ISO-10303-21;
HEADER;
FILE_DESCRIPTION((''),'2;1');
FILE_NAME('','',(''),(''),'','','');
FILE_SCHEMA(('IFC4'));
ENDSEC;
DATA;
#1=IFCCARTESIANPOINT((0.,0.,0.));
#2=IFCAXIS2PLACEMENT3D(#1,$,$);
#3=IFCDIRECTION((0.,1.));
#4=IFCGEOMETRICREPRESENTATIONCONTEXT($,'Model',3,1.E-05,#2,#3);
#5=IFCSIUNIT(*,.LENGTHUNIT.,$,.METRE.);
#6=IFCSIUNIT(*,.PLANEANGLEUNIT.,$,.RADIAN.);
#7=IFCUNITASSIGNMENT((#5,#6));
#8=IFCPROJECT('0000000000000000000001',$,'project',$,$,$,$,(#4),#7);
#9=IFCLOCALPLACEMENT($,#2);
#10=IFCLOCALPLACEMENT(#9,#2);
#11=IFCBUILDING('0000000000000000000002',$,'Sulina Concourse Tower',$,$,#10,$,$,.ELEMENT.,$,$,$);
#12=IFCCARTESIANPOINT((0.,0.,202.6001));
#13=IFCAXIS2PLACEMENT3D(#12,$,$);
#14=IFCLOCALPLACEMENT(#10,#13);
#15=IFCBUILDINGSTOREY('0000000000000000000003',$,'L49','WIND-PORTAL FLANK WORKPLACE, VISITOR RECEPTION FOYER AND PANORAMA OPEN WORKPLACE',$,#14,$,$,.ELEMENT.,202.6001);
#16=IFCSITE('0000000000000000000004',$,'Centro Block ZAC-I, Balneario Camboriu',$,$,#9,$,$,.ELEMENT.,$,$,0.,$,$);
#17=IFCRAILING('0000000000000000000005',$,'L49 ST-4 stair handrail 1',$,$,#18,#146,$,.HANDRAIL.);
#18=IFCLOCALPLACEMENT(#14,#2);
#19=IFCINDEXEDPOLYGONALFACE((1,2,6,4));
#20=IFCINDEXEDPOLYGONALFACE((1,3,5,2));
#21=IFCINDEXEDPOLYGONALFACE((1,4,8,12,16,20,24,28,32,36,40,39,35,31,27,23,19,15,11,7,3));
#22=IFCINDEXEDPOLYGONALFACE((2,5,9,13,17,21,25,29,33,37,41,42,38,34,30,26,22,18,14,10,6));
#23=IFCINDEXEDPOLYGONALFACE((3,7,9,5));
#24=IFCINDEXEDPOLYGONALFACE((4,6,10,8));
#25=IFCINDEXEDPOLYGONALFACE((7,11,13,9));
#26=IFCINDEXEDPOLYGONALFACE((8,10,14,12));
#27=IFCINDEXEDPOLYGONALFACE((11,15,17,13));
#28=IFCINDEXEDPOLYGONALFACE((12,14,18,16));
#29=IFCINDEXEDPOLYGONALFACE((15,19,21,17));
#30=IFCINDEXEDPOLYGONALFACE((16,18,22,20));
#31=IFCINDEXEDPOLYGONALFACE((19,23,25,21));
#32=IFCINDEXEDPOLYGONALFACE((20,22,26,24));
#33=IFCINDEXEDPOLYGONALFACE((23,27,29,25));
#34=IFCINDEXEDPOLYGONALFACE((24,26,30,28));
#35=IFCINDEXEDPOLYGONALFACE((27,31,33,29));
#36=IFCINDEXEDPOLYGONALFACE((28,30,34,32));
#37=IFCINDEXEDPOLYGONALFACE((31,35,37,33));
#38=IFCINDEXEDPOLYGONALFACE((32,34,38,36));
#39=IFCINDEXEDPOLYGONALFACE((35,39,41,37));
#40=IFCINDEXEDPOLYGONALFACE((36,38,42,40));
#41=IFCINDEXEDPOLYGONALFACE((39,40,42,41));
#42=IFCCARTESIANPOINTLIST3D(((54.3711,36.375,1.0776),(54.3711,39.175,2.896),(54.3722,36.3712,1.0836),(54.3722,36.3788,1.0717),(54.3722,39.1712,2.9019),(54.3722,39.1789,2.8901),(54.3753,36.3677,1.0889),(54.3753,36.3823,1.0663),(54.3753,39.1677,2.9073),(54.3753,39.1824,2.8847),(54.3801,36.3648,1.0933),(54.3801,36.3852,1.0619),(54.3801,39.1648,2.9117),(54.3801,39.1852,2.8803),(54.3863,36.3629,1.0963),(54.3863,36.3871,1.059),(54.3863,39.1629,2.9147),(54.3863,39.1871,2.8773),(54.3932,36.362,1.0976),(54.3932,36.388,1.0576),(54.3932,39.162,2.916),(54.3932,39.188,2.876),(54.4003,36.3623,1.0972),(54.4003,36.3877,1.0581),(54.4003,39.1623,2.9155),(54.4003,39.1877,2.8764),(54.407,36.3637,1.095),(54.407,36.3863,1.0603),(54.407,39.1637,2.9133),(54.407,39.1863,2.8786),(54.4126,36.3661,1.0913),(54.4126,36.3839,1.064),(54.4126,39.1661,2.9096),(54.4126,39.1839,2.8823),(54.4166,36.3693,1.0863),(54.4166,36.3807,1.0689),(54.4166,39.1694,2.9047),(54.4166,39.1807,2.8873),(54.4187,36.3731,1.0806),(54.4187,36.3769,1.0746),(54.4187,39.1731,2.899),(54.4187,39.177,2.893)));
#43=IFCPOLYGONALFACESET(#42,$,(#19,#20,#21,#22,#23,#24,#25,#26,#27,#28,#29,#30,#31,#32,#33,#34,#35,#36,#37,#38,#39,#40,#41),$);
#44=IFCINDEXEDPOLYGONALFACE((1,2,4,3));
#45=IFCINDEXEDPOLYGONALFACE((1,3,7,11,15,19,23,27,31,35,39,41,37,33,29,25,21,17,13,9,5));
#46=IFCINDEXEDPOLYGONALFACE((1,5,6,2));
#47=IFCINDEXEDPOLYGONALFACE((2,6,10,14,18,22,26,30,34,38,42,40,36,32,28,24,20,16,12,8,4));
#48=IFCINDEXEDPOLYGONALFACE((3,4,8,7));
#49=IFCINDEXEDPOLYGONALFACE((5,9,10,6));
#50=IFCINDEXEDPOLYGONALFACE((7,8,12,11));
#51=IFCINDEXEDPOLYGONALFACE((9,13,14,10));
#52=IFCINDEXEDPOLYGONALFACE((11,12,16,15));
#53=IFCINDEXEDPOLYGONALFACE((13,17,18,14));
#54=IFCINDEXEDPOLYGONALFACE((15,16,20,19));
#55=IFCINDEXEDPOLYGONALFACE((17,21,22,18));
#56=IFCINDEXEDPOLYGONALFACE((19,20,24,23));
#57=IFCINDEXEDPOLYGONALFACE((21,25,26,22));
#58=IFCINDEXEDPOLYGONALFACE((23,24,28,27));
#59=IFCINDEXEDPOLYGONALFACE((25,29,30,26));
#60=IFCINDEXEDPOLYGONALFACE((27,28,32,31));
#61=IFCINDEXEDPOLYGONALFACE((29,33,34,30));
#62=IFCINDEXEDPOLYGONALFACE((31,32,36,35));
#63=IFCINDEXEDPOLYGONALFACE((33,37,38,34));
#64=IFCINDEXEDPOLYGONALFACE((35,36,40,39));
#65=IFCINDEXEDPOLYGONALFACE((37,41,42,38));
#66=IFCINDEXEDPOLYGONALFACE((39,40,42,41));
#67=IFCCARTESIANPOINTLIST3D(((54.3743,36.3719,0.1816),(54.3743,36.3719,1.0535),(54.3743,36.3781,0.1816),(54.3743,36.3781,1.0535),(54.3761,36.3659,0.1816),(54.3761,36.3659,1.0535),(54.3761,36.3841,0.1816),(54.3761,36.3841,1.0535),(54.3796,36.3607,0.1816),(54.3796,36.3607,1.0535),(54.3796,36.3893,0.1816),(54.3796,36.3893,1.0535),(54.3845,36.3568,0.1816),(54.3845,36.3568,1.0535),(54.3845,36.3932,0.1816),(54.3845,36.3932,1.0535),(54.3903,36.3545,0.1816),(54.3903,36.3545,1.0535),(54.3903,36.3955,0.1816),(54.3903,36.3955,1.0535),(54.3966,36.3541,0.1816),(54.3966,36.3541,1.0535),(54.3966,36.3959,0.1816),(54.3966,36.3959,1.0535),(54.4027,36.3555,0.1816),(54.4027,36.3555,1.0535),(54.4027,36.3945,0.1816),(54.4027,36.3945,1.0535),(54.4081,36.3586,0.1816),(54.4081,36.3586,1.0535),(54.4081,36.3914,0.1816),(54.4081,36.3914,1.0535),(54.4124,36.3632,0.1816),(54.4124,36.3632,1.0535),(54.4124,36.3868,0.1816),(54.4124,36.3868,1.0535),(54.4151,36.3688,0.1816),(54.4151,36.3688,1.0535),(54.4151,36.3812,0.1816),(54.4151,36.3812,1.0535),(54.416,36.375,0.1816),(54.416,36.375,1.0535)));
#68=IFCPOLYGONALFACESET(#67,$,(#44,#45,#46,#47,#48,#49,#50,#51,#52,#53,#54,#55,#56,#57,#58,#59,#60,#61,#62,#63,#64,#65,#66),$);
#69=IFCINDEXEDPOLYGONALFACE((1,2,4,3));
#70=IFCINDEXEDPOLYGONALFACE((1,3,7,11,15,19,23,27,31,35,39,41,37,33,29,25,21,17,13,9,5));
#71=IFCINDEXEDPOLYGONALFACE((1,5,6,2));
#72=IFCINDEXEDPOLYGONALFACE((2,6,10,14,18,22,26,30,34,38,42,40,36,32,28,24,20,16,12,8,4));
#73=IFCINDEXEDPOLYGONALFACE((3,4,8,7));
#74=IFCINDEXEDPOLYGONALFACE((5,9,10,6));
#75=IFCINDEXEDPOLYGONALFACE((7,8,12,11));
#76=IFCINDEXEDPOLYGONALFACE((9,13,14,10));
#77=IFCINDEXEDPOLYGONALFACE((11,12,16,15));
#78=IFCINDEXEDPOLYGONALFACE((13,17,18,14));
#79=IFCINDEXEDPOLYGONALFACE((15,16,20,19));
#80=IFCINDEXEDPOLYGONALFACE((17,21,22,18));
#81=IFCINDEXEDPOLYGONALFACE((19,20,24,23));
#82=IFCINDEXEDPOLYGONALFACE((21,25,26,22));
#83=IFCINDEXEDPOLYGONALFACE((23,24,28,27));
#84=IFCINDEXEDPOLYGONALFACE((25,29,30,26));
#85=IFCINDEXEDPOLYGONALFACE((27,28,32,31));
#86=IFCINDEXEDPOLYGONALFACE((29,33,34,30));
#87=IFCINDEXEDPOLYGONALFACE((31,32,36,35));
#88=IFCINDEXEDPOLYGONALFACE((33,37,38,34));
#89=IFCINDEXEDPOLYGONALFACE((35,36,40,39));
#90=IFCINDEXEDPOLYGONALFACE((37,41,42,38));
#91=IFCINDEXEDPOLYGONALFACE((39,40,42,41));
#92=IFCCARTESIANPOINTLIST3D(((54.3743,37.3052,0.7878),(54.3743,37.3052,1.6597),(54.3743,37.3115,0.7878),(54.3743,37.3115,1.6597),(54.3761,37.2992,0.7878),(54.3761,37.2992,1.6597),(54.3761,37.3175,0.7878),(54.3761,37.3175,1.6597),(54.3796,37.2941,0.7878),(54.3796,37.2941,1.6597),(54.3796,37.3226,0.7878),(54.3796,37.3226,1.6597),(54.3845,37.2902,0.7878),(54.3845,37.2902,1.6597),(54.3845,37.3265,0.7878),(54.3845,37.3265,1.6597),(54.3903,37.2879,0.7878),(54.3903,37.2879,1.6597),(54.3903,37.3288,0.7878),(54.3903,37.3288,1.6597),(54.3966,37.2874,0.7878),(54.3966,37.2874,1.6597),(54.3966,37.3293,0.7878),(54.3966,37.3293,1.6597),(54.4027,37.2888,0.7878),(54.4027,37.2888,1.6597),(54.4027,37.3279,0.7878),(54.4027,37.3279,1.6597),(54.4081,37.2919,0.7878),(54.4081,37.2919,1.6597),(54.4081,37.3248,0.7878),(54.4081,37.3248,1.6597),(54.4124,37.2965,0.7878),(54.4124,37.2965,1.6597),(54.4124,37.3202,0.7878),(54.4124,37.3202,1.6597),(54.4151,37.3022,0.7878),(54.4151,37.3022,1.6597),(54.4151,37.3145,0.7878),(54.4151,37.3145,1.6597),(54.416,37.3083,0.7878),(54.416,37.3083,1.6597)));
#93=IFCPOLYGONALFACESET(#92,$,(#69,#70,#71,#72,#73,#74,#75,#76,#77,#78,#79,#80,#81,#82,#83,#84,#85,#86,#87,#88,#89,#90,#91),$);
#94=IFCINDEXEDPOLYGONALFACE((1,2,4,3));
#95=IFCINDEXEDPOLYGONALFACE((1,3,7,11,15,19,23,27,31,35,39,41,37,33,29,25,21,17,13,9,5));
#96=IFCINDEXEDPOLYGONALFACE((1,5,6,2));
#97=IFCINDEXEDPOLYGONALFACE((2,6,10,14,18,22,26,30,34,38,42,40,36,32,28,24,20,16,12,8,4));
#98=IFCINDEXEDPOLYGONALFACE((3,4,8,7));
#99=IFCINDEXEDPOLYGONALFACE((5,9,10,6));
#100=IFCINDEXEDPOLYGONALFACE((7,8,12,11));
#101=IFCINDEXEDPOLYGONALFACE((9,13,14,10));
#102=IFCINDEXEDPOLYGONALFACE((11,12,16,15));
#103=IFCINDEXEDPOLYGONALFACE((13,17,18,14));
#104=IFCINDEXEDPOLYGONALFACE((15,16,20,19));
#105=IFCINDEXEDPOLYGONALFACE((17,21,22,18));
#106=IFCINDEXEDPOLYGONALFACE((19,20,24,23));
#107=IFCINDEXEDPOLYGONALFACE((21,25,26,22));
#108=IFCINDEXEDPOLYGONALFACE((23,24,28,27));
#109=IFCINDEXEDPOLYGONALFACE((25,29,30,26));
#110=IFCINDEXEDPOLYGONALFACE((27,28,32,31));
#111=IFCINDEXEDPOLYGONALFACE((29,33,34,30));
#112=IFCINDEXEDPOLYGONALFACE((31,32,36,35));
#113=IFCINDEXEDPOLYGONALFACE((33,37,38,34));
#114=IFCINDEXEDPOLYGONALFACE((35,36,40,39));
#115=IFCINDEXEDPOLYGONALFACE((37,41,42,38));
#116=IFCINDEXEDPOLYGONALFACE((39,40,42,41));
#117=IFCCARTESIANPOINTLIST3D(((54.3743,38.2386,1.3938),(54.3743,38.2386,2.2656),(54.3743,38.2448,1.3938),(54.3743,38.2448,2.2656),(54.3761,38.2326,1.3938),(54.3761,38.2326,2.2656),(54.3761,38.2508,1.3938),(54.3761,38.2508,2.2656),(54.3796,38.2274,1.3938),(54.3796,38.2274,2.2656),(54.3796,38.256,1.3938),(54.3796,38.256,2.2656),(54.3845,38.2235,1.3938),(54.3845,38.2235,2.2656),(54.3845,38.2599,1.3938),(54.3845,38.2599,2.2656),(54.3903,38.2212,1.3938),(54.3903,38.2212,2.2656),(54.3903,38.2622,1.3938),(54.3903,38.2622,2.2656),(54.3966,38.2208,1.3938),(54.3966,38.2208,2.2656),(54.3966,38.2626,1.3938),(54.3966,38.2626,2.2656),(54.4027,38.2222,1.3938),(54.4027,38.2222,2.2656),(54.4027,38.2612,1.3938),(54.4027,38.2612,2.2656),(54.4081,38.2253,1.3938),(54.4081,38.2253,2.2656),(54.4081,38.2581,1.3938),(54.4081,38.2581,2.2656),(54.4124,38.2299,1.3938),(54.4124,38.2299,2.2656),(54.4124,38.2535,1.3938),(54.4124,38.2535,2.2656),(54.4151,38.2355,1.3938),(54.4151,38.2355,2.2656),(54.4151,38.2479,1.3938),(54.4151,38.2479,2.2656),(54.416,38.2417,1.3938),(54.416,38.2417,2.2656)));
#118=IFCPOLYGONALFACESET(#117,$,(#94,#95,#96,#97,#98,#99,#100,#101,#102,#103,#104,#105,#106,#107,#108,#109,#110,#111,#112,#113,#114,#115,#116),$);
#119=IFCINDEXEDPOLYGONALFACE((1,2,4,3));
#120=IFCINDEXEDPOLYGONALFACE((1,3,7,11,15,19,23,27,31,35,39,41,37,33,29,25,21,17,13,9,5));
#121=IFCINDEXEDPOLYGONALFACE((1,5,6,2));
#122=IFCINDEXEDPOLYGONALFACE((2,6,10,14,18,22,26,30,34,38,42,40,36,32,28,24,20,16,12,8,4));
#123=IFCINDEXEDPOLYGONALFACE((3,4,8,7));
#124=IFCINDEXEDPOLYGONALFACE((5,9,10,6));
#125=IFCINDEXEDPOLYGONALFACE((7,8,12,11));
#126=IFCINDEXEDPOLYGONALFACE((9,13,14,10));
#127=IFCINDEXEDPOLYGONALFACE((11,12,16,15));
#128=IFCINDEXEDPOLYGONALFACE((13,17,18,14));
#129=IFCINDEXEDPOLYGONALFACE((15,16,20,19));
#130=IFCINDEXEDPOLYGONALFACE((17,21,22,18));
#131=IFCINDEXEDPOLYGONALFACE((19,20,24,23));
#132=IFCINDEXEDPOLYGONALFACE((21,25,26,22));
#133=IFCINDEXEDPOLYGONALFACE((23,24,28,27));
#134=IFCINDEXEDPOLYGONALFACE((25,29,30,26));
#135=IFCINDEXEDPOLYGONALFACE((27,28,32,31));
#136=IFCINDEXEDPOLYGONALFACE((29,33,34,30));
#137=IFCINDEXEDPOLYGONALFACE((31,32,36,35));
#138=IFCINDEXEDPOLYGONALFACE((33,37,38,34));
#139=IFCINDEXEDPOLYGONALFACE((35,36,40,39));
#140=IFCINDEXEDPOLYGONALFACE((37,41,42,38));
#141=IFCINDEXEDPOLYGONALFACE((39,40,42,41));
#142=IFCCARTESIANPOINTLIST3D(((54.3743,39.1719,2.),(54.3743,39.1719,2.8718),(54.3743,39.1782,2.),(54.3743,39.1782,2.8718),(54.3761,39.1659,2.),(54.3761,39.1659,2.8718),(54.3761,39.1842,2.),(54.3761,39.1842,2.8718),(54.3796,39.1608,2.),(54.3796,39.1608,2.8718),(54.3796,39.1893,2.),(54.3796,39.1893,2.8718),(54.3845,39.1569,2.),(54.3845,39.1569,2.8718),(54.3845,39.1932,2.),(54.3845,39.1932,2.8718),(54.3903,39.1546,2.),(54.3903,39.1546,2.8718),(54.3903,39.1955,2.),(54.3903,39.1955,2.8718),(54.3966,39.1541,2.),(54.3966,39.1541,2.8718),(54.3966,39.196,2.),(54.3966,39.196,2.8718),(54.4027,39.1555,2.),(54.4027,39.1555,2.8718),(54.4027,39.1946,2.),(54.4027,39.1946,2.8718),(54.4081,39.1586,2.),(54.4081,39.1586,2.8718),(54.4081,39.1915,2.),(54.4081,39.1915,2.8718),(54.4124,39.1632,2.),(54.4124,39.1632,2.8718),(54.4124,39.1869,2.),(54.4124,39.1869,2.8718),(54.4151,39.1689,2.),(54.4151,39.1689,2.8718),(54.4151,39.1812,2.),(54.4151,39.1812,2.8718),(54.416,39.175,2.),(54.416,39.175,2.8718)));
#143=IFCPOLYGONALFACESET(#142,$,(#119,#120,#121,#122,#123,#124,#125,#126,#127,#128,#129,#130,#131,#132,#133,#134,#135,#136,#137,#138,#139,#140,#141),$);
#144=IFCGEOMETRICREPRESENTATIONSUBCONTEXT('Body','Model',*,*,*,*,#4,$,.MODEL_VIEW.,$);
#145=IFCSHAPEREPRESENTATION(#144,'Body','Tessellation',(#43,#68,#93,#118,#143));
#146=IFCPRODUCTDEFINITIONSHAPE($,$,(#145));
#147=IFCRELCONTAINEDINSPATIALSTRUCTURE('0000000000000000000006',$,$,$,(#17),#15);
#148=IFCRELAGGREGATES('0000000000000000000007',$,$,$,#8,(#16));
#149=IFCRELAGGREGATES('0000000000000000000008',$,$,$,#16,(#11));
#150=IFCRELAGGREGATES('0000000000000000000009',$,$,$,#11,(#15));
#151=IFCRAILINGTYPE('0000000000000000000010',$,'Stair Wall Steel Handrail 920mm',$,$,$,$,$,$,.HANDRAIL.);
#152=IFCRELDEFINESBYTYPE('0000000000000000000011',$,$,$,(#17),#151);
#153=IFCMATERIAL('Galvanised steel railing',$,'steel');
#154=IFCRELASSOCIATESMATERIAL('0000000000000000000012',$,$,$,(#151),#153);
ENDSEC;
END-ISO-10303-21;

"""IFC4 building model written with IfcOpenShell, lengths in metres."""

from ifc_helpers import new_model, si_unit, direction, frame, origin, origin_2d, place, context, subcontext, project, spatial, circle, extrude, material, type_object, element, save


model = new_model("IFC4")

# Units and contexts
model_context = context("Model", 3, precision=1e-05, world=origin(), true_north=direction((0.0, 1.0)))
body_context = subcontext(model_context, "Body", "Model", "MODEL_VIEW")
ifc_project = project(units=[si_unit("LENGTHUNIT", "METRE"), si_unit("PLANEANGLEUNIT", "RADIAN")], contexts=[model_context])

# Site, building, storey
site_placement = place(None, origin())
site = spatial("IfcSite", under=ifc_project, at=site_placement, Name="Centro Block ZAC-I, Balneario Camboriu", CompositionType="ELEMENT", RefElevation=0.0)
building_placement = place(site_placement, origin())
building = spatial("IfcBuilding", under=site, at=building_placement, Name="Sulina Concourse Tower", CompositionType="ELEMENT")
storey_placement = place(building_placement, frame((0.0, 0.0, 202.6001)))
storey = spatial("IfcBuildingStorey", under=building, at=storey_placement, Name="L49", Description="WIND-PORTAL FLANK WORKPLACE, VISITOR RECEPTION FOYER AND PANORAMA OPEN WORKPLACE", CompositionType="ELEMENT", Elevation=202.6001)

# Railing
ifc_material_1 = material(Name="Galvanised steel railing", Category="steel")
railing_type_1 = type_object("IfcRailingType", Name="Stair Wall Steel Handrail 920mm", PredefinedType="HANDRAIL", material=ifc_material_1)
railing_1_placement = place(storey_placement, frame((54.395, 36.375, 0.1816)))
element("IfcRailing", 1, at=railing_1_placement, inside=storey, type_object=railing_type_1, Name="L49 ST-4 stair handrail 1", PredefinedType="HANDRAIL", context=body_context, shape_type="SweptSolid", body=[
    extrude(circle(Radius=0.0239, at=origin_2d()), frame((0.0, 0.0, 0.896), z_axis=(0.0, 0.838672, 0.544636), x_axis=(-1.0, 0.0, 0.0)), (0.0, 0.0, 1.0), 3.3386),
    extrude(circle(Radius=0.021, at=origin_2d()), origin(), (0.0, 0.0, 1.0), 0.8718),
    extrude(circle(Radius=0.021, at=origin_2d()), frame((0.0, 0.9333, 0.6062)), (0.0, 0.0, 1.0), 0.8718),
    extrude(circle(Radius=0.021, at=origin_2d()), frame((0.0, 1.8667, 1.2122)), (0.0, 0.0, 1.0), 0.8718),
    extrude(circle(Radius=0.021, at=origin_2d()), frame((0.0, 2.8, 1.8184)), (0.0, 0.0, 1.0), 0.8718),
])

save(model, "model.ifc")
